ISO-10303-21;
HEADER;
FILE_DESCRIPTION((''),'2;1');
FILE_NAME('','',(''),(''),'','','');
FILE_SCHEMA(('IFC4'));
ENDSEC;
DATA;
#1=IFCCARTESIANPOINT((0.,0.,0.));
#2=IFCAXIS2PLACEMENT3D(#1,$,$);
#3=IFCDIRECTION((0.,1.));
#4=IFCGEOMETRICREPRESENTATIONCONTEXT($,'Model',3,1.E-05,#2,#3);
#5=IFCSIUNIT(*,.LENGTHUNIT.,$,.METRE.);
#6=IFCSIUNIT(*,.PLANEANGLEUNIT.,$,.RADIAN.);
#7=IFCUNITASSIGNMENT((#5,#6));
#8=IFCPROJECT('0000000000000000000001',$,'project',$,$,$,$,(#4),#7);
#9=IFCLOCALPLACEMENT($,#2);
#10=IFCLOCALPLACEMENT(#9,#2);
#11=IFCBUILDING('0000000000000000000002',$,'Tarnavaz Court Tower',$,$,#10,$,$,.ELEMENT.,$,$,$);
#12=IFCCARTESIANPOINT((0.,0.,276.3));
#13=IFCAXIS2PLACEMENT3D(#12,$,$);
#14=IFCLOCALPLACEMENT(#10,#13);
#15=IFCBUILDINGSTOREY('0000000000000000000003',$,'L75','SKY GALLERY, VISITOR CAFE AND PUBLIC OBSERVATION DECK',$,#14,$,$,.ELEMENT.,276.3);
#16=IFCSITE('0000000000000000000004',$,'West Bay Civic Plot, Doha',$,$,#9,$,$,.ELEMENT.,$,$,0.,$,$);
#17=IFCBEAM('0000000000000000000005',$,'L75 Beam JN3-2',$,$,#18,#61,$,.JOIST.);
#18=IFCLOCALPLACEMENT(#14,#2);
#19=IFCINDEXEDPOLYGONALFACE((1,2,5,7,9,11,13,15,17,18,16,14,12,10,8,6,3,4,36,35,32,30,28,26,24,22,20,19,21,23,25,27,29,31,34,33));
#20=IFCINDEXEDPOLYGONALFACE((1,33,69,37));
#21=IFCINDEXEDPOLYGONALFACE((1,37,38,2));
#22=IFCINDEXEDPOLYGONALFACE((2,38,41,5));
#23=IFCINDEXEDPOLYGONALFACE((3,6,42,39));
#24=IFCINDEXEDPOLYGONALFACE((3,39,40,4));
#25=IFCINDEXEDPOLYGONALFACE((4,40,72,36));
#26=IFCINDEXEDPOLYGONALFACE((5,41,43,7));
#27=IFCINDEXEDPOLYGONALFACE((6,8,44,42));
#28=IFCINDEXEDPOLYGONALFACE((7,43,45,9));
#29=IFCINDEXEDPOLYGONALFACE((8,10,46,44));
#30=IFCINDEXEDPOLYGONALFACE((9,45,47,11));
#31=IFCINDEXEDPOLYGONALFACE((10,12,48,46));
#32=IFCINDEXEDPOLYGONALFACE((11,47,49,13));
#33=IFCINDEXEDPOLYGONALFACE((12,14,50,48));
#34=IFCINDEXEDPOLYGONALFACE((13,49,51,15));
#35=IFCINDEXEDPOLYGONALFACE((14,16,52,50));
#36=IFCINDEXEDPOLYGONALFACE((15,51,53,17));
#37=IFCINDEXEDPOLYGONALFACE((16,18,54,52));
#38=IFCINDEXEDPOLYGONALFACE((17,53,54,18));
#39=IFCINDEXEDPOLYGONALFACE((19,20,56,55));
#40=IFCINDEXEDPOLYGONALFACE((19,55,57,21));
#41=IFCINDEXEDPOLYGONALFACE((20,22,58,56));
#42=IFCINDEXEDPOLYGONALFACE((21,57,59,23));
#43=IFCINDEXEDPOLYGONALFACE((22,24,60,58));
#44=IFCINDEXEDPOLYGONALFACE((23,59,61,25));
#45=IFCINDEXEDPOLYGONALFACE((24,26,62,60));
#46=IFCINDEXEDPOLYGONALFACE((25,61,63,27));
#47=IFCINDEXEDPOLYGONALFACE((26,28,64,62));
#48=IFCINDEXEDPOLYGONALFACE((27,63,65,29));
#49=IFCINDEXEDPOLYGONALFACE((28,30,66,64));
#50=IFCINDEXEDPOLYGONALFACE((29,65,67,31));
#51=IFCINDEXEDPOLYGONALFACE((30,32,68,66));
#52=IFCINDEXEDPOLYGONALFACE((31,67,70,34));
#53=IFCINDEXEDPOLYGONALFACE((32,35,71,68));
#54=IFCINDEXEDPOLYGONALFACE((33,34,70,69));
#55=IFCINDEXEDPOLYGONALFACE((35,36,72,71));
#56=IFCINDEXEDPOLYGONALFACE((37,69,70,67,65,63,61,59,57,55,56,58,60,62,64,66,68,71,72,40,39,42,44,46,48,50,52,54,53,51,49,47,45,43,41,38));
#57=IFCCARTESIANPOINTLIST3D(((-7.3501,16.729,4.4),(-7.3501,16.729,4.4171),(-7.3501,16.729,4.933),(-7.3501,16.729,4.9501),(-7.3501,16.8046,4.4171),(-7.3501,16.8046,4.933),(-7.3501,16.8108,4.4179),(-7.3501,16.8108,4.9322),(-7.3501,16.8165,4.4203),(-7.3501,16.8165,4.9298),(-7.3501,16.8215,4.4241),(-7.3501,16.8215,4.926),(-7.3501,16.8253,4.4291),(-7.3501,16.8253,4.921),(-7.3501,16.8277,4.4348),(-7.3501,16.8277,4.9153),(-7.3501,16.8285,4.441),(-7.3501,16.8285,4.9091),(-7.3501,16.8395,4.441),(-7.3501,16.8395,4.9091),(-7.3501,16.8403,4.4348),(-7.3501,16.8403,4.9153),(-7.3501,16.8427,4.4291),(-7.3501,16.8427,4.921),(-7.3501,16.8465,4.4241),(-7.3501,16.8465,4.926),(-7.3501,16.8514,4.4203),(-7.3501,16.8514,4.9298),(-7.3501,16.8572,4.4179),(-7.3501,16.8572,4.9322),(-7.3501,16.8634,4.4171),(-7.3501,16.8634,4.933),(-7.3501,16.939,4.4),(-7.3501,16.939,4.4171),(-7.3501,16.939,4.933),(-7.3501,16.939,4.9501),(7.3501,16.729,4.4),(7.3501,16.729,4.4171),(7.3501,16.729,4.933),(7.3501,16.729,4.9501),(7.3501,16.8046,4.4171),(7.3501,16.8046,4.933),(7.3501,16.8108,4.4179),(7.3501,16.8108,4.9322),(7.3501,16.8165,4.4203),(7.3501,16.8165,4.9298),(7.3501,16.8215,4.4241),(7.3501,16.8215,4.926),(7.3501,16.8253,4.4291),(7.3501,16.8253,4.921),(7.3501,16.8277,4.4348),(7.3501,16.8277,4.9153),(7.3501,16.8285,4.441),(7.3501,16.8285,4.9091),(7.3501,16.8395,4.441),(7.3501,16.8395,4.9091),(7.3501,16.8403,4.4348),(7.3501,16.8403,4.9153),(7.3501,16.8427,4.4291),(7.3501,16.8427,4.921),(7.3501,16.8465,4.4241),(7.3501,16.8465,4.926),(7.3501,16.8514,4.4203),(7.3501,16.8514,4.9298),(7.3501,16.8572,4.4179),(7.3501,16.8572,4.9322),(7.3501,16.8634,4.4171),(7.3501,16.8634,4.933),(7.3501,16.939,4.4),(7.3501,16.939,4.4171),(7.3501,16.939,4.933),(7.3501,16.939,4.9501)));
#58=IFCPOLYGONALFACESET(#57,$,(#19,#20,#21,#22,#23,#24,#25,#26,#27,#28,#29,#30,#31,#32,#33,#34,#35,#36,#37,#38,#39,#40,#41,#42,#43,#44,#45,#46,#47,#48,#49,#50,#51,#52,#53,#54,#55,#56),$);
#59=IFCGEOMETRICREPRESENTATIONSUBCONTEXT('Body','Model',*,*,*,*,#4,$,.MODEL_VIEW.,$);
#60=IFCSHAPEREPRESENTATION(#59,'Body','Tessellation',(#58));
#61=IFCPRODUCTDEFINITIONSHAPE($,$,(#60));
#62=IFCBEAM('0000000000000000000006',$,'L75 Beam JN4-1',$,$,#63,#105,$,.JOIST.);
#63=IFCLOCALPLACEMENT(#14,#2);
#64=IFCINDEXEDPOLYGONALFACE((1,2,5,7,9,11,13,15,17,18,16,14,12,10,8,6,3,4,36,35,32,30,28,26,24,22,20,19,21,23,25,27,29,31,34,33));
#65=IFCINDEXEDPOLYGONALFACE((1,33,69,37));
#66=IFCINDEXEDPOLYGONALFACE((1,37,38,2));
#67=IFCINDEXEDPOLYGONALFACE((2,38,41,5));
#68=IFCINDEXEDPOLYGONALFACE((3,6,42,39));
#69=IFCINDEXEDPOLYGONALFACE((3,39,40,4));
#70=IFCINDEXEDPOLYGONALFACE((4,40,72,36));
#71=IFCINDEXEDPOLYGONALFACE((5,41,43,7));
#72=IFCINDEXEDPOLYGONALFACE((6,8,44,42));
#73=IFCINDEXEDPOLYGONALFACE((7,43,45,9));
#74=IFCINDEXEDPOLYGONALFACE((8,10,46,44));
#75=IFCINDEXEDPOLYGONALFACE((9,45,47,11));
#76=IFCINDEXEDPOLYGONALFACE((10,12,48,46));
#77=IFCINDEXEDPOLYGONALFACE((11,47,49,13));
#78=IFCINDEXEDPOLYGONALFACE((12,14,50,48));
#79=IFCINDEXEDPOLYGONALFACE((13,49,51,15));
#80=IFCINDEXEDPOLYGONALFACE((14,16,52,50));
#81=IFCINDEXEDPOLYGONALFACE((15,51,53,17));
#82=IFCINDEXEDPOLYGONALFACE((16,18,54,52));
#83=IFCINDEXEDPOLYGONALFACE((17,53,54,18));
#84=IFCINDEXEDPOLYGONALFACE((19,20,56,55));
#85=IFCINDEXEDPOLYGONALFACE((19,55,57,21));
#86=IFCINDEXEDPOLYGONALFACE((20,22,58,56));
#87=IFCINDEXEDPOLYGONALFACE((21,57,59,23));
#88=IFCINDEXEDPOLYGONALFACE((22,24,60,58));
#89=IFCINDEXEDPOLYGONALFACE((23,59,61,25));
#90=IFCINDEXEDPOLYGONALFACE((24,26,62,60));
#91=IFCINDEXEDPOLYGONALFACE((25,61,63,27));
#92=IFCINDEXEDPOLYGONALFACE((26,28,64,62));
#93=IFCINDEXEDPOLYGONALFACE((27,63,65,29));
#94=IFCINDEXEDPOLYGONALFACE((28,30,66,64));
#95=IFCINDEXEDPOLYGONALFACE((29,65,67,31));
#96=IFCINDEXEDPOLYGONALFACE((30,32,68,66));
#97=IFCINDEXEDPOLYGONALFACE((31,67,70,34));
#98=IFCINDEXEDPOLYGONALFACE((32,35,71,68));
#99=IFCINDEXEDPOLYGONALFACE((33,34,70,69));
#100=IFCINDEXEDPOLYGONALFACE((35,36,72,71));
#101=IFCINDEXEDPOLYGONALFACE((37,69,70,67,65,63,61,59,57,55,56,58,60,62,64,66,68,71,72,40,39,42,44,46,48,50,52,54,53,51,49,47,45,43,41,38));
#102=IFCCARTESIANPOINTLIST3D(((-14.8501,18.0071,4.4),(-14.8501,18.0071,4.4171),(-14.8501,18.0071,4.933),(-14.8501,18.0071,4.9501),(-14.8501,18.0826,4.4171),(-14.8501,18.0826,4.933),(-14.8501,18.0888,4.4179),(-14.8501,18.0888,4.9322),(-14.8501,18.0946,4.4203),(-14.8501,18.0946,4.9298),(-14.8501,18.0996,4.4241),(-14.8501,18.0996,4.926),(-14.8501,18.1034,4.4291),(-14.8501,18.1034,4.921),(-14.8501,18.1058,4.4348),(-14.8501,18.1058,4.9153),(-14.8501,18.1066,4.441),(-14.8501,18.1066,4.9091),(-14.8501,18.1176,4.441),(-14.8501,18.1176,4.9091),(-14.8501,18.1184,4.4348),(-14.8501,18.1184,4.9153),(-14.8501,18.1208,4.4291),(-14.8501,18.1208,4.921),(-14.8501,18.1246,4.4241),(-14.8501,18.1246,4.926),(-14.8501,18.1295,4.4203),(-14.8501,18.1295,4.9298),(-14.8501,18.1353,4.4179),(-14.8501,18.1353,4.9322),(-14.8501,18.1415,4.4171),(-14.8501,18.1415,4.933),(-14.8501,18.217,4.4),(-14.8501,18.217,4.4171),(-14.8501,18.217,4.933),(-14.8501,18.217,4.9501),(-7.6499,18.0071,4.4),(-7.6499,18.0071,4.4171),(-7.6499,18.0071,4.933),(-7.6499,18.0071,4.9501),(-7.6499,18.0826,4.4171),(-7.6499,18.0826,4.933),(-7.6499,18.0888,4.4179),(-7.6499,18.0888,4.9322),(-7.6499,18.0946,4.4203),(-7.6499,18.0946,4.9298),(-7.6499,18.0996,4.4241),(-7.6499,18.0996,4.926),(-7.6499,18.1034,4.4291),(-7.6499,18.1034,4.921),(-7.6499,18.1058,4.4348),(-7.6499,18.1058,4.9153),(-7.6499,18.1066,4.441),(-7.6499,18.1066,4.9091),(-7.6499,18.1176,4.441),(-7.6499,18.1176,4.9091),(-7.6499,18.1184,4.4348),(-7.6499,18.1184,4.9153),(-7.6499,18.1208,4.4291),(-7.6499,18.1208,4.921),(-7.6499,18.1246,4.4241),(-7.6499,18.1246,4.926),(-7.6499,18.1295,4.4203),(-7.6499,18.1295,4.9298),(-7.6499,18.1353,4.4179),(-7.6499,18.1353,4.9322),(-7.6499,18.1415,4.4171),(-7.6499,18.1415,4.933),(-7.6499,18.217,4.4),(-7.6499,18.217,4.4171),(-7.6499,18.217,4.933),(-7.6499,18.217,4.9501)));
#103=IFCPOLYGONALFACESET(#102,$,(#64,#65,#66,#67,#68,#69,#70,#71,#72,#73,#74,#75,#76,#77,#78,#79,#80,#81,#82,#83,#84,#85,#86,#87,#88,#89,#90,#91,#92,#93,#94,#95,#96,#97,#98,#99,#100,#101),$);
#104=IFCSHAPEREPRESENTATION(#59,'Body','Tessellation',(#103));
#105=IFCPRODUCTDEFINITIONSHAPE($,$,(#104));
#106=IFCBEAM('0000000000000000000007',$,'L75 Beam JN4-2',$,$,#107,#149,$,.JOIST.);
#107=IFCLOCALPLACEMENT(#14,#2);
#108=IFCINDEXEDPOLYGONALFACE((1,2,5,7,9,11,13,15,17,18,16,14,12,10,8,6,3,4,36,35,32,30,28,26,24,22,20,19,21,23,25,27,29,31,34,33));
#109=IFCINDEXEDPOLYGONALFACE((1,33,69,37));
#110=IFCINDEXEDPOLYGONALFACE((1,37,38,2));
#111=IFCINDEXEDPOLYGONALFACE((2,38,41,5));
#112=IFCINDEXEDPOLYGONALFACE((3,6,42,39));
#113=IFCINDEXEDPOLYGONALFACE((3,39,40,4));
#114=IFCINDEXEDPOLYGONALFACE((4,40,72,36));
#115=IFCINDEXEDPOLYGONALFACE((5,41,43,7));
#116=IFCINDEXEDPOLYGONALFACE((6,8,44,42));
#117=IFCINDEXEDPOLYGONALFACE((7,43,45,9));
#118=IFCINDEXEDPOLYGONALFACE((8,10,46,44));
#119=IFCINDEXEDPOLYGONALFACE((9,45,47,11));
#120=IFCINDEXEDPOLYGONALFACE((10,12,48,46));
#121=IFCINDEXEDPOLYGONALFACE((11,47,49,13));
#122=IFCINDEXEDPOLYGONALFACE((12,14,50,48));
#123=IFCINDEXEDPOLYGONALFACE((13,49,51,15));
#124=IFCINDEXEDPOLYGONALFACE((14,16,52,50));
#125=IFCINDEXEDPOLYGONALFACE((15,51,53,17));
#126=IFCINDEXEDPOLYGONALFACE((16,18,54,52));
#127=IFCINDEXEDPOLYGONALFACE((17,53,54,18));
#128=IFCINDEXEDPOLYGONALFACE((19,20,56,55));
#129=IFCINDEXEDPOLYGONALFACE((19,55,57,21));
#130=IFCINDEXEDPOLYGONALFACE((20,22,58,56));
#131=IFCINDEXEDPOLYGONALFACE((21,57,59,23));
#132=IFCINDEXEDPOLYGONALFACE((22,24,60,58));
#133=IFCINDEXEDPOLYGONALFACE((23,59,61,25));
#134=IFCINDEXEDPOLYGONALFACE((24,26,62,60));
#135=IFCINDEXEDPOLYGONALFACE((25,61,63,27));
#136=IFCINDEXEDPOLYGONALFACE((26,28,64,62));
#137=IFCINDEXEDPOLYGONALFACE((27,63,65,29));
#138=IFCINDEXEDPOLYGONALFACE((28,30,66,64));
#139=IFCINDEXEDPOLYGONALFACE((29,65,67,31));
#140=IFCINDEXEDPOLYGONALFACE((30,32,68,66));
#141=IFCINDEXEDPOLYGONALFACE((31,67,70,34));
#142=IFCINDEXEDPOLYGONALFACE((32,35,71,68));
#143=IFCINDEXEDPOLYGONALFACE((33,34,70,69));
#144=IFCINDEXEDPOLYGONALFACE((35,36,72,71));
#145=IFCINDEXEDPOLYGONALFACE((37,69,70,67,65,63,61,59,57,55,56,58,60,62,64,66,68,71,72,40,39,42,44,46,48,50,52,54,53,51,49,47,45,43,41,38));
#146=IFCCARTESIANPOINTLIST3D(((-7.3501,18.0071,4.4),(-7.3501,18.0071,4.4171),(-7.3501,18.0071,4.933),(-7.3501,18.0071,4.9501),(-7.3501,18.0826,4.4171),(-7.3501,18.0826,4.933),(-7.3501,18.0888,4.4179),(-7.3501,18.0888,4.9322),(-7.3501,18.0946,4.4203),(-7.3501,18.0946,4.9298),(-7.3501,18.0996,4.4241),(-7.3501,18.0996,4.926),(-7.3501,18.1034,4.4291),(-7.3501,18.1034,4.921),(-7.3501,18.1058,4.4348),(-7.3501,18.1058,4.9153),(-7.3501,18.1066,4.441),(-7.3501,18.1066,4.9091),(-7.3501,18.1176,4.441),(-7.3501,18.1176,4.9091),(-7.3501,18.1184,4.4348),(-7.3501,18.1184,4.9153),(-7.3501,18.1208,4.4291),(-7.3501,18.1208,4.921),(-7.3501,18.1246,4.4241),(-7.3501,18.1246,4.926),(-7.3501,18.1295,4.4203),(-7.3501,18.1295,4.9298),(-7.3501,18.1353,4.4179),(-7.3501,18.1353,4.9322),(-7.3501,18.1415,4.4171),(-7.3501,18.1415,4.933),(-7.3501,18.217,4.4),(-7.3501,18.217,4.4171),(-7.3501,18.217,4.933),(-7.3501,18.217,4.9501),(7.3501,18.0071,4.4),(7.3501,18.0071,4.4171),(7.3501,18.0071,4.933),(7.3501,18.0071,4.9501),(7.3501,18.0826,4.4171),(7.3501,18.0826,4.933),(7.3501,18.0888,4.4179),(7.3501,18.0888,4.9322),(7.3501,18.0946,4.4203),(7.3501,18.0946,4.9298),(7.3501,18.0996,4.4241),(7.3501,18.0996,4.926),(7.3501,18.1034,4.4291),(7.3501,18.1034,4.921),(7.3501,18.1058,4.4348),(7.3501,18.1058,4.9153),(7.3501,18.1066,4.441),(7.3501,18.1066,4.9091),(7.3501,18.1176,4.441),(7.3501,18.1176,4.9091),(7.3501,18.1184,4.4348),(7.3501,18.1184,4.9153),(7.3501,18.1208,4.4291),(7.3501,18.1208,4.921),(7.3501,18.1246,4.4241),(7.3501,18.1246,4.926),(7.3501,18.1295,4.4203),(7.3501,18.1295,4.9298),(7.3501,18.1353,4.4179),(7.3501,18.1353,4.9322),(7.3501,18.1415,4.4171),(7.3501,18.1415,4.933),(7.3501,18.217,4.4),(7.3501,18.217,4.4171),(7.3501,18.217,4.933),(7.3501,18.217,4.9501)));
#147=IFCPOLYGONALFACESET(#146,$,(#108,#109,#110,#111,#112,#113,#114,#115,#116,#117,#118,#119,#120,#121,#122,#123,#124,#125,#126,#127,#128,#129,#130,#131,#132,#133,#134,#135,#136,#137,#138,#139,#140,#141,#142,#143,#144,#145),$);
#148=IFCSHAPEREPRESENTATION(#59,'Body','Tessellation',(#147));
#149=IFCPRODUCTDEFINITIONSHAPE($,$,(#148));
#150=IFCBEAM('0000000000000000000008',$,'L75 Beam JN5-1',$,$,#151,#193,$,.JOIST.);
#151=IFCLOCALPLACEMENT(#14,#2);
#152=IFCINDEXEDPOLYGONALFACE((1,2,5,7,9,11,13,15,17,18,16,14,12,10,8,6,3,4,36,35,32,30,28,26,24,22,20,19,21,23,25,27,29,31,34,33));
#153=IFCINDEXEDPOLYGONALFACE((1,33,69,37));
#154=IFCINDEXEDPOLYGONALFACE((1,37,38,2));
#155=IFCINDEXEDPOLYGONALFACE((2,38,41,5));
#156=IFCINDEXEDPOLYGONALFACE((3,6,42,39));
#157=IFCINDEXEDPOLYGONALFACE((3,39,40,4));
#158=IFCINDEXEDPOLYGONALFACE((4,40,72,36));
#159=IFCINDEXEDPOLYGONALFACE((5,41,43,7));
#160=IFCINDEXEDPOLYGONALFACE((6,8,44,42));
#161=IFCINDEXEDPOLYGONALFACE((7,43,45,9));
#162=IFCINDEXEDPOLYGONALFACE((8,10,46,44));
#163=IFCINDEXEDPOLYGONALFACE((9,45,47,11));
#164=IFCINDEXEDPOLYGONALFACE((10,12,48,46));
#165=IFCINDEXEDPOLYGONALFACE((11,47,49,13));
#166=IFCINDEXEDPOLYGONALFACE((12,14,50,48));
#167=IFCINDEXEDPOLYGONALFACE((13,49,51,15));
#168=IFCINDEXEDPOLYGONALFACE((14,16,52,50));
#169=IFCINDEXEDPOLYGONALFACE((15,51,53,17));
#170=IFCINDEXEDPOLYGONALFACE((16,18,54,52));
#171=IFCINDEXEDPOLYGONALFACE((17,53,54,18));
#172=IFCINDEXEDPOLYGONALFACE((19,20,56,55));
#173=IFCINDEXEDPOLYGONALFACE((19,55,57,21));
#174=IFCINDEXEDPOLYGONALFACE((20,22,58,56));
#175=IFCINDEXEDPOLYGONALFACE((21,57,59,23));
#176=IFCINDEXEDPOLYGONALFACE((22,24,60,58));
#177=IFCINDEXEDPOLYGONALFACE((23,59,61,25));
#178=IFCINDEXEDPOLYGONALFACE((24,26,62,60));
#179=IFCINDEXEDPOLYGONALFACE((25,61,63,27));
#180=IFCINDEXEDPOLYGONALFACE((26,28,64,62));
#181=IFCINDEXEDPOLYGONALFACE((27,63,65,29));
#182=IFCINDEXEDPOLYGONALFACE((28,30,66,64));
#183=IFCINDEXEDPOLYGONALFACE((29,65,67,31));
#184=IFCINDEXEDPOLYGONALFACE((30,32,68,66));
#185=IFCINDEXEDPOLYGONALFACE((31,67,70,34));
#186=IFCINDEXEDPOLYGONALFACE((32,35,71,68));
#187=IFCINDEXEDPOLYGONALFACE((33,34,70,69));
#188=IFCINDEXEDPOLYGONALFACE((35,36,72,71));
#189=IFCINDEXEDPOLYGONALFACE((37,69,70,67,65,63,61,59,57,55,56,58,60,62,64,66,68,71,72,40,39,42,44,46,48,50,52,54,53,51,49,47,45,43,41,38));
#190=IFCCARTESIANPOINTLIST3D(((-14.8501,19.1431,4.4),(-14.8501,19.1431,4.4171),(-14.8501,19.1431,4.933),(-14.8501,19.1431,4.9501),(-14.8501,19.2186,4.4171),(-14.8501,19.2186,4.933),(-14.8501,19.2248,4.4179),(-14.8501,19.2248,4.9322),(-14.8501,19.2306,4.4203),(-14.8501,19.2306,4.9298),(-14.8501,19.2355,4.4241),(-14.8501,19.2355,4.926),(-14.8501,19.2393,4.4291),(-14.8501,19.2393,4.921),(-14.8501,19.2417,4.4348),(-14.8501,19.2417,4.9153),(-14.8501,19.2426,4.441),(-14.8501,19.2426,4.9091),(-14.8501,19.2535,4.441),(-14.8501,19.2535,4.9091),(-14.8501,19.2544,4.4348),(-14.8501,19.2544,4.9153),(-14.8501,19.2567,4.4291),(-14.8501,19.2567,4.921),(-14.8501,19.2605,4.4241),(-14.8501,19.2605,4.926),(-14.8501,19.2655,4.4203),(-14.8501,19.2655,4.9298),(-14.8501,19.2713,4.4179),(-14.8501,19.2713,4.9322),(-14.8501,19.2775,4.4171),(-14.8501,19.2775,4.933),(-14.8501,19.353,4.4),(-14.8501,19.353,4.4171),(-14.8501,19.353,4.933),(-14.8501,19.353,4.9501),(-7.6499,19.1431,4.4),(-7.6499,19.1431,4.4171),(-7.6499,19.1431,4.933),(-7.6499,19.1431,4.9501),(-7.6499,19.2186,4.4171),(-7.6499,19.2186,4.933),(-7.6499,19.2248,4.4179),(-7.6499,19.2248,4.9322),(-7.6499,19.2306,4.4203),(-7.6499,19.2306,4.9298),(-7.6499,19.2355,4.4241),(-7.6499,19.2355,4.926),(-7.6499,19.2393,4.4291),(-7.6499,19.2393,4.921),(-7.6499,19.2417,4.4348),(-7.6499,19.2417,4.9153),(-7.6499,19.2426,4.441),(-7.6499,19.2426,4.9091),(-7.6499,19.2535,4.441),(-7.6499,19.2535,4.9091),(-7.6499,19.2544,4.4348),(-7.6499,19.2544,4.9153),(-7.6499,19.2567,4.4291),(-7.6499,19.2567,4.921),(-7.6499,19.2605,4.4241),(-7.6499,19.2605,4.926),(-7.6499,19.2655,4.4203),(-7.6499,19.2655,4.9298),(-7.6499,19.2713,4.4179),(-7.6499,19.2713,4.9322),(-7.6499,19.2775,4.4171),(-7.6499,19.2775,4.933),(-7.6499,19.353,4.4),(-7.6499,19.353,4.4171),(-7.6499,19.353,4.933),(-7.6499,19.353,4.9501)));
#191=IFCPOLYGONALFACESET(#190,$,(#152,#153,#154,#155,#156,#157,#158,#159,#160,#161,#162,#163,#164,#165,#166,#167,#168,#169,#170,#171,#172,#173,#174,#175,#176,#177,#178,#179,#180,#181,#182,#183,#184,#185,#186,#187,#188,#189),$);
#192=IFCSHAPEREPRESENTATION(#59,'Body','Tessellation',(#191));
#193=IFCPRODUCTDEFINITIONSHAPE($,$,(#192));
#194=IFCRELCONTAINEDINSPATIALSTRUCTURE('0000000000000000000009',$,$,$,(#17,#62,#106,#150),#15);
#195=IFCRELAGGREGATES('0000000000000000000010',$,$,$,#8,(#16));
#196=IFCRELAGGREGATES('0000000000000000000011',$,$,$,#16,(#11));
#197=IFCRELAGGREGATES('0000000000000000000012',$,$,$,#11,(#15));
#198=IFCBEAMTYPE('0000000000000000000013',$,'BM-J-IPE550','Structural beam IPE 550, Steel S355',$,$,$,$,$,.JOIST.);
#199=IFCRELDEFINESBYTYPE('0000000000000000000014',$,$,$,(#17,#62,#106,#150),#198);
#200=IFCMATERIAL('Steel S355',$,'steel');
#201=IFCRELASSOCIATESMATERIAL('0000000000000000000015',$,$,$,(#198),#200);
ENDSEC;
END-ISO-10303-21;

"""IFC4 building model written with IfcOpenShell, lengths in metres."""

from ifc_helpers import new_model, si_unit, direction, frame, origin, origin_2d, place, context, subcontext, project, spatial, i_section, extrude, material, material_profile, profile_set, type_object, element, save


model = new_model("IFC4")

# Units and contexts
model_context = context("Model", 3, precision=1e-05, world=origin(), true_north=direction((0.0, 1.0)))
body_context = subcontext(model_context, "Body", "Model", "MODEL_VIEW")
ifc_project = project(units=[si_unit("LENGTHUNIT", "METRE"), si_unit("PLANEANGLEUNIT", "RADIAN")], contexts=[model_context])

# Site, building, storey
site_placement = place(None, origin())
site = spatial("IfcSite", under=ifc_project, at=site_placement, Name="West Bay Civic Plot, Doha", CompositionType="ELEMENT", RefElevation=0.0)
building_placement = place(site_placement, origin())
building = spatial("IfcBuilding", under=site, at=building_placement, Name="Tarnavaz Court Tower", CompositionType="ELEMENT")
storey_placement = place(building_placement, frame((0.0, 0.0, 276.3)))
storey = spatial("IfcBuildingStorey", under=building, at=storey_placement, Name="L75", Description="SKY GALLERY, VISITOR CAFE AND PUBLIC OBSERVATION DECK", CompositionType="ELEMENT", Elevation=276.3)

# Beams
ifc_material_1 = material(Name="Steel S355", Category="steel")
ifc_material_profile_1 = material_profile(ifc_material_1, i_section(OverallWidth=0.21, OverallDepth=0.55, WebThickness=0.011, FlangeThickness=0.0171, FilletRadius=0.0239, at=origin_2d()), Name="IPE 550")
ifc_profile_set_1 = profile_set([ifc_material_profile_1], Name="Steel S355")
beam_type_1 = type_object("IfcBeamType", Name="BM-J-IPE550", Description="Structural beam IPE 550, Steel S355", PredefinedType="JOIST", material=ifc_profile_set_1)
beam_1_placement = place(storey_placement, frame((-7.3501, 16.834, 4.675), z_axis=(1.0, 0.0, 0.0), x_axis=(0.0, 1.0, 0.0)))
element("IfcBeam", 1, at=beam_1_placement, inside=storey, type_object=beam_type_1, Name="L75 Beam JN3-2", PredefinedType="JOIST", context=body_context, shape_type="SweptSolid", body=[
    extrude(i_section(OverallWidth=0.21, OverallDepth=0.55, WebThickness=0.011, FlangeThickness=0.0171, FilletRadius=0.0239, at=origin_2d()), origin(), (0.0, 0.0, 1.0), 14.7002),
])
beam_2_placement = place(storey_placement, frame((-14.8501, 18.1121, 4.675), z_axis=(1.0, 0.0, 0.0), x_axis=(0.0, 1.0, 0.0)))
element("IfcBeam", 2, at=beam_2_placement, inside=storey, type_object=beam_type_1, Name="L75 Beam JN4-1", PredefinedType="JOIST", context=body_context, shape_type="SweptSolid", body=[
    extrude(i_section(OverallWidth=0.21, OverallDepth=0.55, WebThickness=0.011, FlangeThickness=0.0171, FilletRadius=0.0239, at=origin_2d()), origin(), (0.0, 0.0, 1.0), 7.2002),
])
beam_3_placement = place(storey_placement, frame((-7.3501, 18.1121, 4.675), z_axis=(1.0, 0.0, 0.0), x_axis=(0.0, 1.0, 0.0)))
element("IfcBeam", 3, at=beam_3_placement, inside=storey, type_object=beam_type_1, Name="L75 Beam JN4-2", PredefinedType="JOIST", context=body_context, shape_type="SweptSolid", body=[
    extrude(i_section(OverallWidth=0.21, OverallDepth=0.55, WebThickness=0.011, FlangeThickness=0.0171, FilletRadius=0.0239, at=origin_2d()), origin(), (0.0, 0.0, 1.0), 14.7002),
])
beam_4_placement = place(storey_placement, frame((-14.8501, 19.248, 4.675), z_axis=(1.0, 0.0, 0.0), x_axis=(0.0, 1.0, 0.0)))
element("IfcBeam", 4, at=beam_4_placement, inside=storey, type_object=beam_type_1, Name="L75 Beam JN5-1", PredefinedType="JOIST", context=body_context, shape_type="SweptSolid", body=[
    extrude(i_section(OverallWidth=0.21, OverallDepth=0.55, WebThickness=0.011, FlangeThickness=0.0171, FilletRadius=0.0239, at=origin_2d()), origin(), (0.0, 0.0, 1.0), 7.2002),
])

save(model, "model.ifc")
